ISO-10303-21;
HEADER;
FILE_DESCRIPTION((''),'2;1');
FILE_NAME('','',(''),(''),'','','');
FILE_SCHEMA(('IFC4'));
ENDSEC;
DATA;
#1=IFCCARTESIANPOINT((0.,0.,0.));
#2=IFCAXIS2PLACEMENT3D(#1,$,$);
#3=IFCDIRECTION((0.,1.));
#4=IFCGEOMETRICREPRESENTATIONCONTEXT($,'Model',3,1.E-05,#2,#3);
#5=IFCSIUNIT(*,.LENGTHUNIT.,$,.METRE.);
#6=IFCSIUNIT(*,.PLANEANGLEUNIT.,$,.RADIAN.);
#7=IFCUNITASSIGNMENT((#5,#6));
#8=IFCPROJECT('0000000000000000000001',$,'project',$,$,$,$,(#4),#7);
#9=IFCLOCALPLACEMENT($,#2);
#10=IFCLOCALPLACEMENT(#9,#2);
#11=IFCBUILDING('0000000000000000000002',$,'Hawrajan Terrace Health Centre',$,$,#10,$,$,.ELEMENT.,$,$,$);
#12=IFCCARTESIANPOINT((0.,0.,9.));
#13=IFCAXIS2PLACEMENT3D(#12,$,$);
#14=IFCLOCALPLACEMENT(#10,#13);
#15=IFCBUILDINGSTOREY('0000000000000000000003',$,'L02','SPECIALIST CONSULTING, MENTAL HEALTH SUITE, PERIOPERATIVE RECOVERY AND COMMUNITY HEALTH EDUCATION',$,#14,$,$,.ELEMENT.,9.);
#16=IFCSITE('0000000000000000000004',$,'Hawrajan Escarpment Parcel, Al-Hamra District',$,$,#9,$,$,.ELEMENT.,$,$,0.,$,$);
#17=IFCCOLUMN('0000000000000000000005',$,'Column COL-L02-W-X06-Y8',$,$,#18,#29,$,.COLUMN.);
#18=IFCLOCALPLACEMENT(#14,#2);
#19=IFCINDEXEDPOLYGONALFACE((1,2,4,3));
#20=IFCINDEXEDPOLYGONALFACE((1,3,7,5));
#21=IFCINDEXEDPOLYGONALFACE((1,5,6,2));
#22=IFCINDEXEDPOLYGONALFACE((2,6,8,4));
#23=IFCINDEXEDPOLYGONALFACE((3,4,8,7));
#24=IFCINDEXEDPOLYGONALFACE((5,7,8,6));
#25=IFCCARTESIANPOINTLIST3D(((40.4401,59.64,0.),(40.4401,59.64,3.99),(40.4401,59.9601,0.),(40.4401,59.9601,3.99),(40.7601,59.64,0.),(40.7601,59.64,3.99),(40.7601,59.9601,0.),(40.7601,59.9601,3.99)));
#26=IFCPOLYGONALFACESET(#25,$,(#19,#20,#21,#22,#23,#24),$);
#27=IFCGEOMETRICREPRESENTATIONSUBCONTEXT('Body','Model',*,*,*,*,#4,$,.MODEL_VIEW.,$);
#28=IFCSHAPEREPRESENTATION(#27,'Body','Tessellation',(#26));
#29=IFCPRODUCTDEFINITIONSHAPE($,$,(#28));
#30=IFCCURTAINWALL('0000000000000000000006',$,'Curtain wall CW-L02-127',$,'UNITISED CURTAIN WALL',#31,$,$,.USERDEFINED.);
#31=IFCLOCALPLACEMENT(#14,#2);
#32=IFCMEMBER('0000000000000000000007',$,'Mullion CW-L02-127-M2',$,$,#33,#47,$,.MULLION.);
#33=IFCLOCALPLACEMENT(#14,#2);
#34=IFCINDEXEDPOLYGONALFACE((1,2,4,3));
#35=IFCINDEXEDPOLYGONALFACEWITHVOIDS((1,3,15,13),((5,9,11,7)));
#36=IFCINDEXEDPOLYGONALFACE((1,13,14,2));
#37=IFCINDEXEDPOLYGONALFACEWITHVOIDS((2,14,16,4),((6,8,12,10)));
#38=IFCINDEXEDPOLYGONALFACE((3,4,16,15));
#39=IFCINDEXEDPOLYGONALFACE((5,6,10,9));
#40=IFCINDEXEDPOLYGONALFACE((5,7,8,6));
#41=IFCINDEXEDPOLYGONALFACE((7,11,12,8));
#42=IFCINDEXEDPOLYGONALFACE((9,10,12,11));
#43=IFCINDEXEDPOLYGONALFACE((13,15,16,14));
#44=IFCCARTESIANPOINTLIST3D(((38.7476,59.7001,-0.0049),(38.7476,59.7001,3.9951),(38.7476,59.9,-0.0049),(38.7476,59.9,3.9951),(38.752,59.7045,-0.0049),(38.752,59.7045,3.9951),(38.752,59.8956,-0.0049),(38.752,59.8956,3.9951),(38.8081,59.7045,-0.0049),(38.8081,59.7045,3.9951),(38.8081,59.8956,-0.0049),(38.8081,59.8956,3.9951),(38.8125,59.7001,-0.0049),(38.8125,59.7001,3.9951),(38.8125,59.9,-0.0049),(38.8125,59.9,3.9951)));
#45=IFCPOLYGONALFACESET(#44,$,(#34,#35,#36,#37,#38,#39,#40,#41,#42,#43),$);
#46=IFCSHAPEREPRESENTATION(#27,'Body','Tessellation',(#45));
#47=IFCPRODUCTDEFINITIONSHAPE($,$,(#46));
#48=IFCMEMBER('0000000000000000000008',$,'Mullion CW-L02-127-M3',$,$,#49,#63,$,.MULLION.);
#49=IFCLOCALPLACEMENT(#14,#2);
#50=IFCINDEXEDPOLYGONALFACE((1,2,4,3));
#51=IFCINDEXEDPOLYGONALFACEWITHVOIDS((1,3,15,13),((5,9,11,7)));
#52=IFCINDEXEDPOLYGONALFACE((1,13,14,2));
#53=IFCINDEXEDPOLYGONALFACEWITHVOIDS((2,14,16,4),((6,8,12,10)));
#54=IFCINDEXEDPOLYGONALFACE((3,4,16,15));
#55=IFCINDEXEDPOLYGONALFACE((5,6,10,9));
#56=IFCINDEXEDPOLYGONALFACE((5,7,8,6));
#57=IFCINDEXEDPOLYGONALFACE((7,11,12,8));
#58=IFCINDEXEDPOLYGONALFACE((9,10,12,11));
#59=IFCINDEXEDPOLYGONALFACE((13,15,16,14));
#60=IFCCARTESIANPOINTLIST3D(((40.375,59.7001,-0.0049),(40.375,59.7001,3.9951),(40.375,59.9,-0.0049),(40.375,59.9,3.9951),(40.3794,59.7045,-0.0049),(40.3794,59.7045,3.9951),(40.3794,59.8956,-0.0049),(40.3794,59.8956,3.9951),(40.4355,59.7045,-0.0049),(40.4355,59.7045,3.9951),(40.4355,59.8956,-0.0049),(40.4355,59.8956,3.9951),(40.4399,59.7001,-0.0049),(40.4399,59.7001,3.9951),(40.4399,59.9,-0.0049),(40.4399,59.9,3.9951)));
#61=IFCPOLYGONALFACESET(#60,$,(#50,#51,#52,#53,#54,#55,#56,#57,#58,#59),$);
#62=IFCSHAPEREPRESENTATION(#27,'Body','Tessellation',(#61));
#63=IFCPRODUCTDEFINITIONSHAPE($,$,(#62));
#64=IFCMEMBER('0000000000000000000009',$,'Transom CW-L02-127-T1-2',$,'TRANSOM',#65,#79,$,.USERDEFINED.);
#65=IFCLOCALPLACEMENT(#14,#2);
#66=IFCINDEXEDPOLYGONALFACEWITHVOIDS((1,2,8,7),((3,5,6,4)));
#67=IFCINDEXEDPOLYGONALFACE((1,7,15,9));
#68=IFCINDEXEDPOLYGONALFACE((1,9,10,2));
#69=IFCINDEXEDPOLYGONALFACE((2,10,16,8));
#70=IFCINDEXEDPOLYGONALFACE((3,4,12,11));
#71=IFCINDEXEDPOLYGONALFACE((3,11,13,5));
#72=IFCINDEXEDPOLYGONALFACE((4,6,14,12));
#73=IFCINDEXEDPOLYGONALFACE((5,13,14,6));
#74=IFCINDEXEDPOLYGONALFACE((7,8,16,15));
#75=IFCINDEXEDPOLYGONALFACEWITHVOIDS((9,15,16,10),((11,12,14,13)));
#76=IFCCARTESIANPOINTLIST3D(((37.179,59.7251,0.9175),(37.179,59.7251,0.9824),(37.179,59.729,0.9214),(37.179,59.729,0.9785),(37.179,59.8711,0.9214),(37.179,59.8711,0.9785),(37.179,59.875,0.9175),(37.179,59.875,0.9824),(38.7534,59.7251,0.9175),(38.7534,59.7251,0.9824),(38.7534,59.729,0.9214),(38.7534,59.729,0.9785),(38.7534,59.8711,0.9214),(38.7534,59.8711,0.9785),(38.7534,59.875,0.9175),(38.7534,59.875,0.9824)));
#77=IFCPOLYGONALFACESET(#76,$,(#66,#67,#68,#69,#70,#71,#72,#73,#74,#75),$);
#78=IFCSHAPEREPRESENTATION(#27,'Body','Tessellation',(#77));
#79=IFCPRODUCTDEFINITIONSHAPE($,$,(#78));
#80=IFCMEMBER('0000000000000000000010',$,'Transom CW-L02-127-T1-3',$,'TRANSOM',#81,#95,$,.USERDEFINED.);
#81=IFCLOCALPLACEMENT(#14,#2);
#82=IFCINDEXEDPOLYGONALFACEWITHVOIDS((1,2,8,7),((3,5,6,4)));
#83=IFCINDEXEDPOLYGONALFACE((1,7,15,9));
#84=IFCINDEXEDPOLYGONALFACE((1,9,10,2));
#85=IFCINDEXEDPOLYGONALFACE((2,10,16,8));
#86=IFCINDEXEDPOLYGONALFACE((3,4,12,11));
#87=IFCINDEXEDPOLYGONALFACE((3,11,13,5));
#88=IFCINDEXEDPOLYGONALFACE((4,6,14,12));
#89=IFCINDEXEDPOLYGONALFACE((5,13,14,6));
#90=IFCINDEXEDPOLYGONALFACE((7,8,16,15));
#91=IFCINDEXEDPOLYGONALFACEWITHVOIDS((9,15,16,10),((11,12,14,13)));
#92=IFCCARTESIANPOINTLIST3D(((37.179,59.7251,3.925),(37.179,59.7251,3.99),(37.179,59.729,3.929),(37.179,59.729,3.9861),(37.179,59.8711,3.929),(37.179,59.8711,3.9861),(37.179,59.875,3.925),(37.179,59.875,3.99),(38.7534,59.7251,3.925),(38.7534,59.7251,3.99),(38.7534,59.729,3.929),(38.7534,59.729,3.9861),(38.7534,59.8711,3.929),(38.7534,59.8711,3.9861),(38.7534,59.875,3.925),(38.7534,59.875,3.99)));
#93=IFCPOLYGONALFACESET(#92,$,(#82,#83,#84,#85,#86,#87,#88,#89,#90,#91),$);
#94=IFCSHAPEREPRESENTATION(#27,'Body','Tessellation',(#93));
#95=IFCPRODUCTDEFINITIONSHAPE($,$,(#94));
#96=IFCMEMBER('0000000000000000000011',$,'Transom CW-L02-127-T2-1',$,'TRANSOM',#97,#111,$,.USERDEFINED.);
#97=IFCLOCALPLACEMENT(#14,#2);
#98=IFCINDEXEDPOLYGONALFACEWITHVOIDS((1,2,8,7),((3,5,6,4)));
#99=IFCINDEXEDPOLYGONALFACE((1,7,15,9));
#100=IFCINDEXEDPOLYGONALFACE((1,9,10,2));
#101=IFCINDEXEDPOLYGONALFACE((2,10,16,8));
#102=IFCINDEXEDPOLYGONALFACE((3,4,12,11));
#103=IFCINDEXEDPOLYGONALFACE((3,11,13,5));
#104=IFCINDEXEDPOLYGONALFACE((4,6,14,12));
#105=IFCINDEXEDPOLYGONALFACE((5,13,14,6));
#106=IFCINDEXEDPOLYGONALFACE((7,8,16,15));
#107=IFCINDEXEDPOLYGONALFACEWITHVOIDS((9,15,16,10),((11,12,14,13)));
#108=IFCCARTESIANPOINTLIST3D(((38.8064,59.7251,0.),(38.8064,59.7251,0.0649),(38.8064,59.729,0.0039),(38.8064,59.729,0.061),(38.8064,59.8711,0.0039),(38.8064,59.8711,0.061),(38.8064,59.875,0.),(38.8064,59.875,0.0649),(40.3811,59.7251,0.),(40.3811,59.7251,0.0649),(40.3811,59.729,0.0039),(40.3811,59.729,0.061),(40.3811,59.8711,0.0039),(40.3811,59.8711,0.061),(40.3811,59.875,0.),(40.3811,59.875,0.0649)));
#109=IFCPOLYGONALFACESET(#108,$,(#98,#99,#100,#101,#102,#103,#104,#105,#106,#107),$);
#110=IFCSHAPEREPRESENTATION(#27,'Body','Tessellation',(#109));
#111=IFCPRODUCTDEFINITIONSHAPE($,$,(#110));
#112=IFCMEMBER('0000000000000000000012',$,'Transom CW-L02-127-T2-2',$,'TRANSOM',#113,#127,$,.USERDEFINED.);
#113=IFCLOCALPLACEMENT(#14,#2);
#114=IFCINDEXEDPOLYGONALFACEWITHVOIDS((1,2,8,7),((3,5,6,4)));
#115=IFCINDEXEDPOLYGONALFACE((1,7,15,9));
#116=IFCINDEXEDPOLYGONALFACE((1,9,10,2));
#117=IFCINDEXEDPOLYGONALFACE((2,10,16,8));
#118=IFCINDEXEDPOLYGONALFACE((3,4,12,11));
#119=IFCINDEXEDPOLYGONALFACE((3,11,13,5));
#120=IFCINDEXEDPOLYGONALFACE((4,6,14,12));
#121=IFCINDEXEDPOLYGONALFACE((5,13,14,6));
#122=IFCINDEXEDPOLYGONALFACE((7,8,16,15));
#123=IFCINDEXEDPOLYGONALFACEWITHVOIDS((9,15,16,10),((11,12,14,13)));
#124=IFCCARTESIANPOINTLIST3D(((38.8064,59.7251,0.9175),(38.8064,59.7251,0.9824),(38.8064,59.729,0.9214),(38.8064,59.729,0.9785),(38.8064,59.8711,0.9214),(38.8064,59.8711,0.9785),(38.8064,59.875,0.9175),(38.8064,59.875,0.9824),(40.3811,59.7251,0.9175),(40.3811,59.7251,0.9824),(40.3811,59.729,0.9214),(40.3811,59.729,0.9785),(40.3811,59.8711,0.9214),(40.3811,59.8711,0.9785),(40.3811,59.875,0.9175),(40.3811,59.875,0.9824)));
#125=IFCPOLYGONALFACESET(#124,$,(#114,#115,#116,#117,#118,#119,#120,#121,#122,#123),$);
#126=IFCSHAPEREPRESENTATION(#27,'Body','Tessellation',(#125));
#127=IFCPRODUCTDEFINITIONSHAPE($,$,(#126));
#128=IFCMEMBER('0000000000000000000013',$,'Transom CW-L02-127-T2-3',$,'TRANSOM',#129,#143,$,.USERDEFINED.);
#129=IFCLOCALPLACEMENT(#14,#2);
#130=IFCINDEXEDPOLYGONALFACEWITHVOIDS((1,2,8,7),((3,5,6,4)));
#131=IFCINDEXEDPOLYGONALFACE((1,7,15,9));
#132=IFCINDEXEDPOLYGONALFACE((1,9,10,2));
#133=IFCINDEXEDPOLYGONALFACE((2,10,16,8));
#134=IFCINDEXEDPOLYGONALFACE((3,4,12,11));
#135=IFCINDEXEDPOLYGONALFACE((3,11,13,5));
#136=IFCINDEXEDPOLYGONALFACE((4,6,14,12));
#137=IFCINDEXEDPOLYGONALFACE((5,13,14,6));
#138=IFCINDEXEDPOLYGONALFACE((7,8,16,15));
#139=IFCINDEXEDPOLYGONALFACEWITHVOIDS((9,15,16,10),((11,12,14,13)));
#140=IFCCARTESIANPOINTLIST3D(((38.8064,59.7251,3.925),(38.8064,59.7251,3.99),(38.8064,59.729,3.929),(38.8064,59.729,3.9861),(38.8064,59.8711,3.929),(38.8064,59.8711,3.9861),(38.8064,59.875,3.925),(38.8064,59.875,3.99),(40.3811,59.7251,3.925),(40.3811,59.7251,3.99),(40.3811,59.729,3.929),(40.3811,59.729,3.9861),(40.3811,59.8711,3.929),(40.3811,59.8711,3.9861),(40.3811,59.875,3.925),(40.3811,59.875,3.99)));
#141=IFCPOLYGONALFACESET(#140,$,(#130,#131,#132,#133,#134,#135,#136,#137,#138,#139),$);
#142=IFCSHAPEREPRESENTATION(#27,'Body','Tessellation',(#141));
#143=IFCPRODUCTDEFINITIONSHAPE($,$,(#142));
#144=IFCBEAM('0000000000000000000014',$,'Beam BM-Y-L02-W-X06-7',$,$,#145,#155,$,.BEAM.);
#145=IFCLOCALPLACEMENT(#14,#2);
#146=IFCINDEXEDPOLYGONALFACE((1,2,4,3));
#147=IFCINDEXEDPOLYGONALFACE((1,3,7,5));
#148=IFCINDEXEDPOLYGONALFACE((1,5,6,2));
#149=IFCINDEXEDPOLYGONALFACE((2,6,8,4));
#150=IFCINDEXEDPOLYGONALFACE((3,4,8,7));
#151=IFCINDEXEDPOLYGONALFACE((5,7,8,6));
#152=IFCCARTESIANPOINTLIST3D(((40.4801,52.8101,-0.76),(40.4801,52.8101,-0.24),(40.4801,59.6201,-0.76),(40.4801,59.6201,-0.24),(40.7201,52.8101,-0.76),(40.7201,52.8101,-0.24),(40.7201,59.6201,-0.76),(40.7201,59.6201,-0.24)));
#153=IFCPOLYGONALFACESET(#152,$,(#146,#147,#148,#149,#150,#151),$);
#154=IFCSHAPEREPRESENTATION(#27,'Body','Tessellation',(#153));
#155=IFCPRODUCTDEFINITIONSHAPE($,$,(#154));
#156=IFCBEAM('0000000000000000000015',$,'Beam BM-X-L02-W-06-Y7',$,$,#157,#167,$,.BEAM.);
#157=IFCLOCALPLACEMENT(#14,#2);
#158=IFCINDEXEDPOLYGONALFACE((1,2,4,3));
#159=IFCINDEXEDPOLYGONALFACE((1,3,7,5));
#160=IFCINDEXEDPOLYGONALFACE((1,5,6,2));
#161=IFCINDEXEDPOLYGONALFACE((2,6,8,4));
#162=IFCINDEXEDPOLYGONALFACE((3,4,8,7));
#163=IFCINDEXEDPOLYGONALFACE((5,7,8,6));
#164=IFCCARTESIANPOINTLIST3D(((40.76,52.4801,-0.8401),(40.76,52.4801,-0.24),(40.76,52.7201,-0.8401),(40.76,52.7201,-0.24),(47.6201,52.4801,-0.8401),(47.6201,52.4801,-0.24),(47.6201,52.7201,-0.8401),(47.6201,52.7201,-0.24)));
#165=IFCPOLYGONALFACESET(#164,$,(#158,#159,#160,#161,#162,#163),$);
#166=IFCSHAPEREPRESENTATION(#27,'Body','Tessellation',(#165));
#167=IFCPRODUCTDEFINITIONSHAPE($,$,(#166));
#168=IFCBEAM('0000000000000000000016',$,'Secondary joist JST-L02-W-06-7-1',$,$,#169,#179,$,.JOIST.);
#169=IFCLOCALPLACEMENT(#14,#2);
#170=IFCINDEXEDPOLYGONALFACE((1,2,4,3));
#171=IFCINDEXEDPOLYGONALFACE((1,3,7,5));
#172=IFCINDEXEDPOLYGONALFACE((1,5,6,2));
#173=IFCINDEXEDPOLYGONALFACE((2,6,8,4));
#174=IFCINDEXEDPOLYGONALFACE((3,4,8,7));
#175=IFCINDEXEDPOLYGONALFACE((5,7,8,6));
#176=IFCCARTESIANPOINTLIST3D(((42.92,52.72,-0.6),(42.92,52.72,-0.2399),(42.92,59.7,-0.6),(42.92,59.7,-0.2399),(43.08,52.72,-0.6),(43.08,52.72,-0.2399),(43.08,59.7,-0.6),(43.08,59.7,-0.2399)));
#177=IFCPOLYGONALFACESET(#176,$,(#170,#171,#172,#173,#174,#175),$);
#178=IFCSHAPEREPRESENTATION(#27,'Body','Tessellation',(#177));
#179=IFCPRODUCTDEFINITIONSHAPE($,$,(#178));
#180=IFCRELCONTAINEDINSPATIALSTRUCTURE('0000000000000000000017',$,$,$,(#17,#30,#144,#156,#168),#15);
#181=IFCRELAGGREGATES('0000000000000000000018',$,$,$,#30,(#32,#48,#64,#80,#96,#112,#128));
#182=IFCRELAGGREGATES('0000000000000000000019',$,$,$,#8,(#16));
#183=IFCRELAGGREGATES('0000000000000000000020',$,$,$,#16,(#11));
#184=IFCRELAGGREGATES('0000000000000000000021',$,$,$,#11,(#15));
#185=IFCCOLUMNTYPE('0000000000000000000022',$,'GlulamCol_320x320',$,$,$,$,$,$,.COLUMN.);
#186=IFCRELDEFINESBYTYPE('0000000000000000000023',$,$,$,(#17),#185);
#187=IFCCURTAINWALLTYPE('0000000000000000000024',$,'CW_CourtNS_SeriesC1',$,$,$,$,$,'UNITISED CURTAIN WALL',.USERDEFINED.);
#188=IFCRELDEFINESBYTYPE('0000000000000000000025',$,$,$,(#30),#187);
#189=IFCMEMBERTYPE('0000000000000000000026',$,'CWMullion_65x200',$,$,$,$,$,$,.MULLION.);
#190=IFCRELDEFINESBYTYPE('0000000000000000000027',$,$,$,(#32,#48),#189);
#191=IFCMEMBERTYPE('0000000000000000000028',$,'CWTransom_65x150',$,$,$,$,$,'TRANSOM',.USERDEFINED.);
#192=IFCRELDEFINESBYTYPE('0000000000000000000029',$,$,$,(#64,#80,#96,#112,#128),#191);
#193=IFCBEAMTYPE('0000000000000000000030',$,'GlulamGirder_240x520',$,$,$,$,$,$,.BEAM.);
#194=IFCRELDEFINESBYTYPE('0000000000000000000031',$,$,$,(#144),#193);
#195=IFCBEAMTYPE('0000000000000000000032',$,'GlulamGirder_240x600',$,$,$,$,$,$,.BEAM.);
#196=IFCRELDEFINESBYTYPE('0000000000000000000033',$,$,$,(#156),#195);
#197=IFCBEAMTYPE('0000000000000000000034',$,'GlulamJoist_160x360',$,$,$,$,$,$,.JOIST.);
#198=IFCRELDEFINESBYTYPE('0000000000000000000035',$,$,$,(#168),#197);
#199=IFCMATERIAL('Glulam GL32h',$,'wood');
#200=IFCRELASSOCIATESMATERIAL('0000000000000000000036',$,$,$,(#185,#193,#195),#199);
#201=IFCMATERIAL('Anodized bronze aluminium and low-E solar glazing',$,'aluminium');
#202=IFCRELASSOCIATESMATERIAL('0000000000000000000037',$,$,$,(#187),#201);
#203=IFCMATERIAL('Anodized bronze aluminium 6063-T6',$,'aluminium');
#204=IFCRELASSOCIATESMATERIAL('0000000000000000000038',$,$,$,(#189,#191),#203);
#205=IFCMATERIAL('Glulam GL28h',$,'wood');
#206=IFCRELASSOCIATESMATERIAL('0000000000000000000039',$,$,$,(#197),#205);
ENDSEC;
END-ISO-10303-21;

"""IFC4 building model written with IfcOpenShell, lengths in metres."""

from ifc_helpers import new_model, si_unit, direction, frame, origin, origin_2d, place, context, subcontext, project, spatial, rectangle, hollow_rectangle, extrude, material, material_profile, profile_set, type_object, element, aggregate, save


model = new_model("IFC4")

# Units and contexts
model_context = context("Model", 3, precision=1e-05, world=origin(), true_north=direction((0.0, 1.0)))
body_context = subcontext(model_context, "Body", "Model", "MODEL_VIEW")
ifc_project = project(units=[si_unit("LENGTHUNIT", "METRE"), si_unit("PLANEANGLEUNIT", "RADIAN")], contexts=[model_context])

# Site, building, storey
site_placement = place(None, origin())
site = spatial("IfcSite", under=ifc_project, at=site_placement, Name="Hawrajan Escarpment Parcel, Al-Hamra District", CompositionType="ELEMENT", RefElevation=0.0)
building_placement = place(site_placement, origin())
building = spatial("IfcBuilding", under=site, at=building_placement, Name="Hawrajan Terrace Health Centre", CompositionType="ELEMENT")
storey_placement = place(building_placement, frame((0.0, 0.0, 9.0)))
storey = spatial("IfcBuildingStorey", under=building, at=storey_placement, Name="L02", Description="SPECIALIST CONSULTING, MENTAL HEALTH SUITE, PERIOPERATIVE RECOVERY AND COMMUNITY HEALTH EDUCATION", CompositionType="ELEMENT", Elevation=9.0)

# Column
ifc_material_1 = material(Name="Glulam GL32h", Category="wood")
ifc_material_profile_1 = material_profile(ifc_material_1, rectangle(XDim=0.3201, YDim=0.3201, at=origin_2d()), Name="GL 320x320")
ifc_profile_set_1 = profile_set([ifc_material_profile_1], Name="Glulam GL32h")
column_type = type_object("IfcColumnType", Name="GlulamCol_320x320", PredefinedType="COLUMN", material=ifc_profile_set_1)
column_placement = place(storey_placement, frame((40.6001, 59.8, 0.0), z_axis=(0.0, 0.0, 1.0), x_axis=(1.0, 0.0, 0.0)))
element("IfcColumn", 1, at=column_placement, inside=storey, type_object=column_type, Name="Column COL-L02-W-X06-Y8", PredefinedType="COLUMN", context=body_context, shape_type="SweptSolid", body=[
    extrude(rectangle(XDim=0.3201, YDim=0.3201, at=origin_2d()), origin(), (0.0, 0.0, 1.0), 3.99),
])

# Curtain wall, members
ifc_material_2 = material(Name="Anodized bronze aluminium and low-E solar glazing", Category="aluminium")
curtain_wall_type = type_object("IfcCurtainWallType", Name="CW_CourtNS_SeriesC1", ElementType="UNITISED CURTAIN WALL", PredefinedType="USERDEFINED", material=ifc_material_2)
curtain_wall_placement = place(storey_placement, origin())
curtain_wall = element("IfcCurtainWall", 2, at=curtain_wall_placement, inside=storey, type_object=curtain_wall_type, Name="Curtain wall CW-L02-127", ObjectType="UNITISED CURTAIN WALL", PredefinedType="USERDEFINED")
ifc_material_3 = material(Name="Anodized bronze aluminium 6063-T6", Category="aluminium")
ifc_material_profile_2 = material_profile(ifc_material_3, hollow_rectangle(XDim=0.0649, YDim=0.2, WallThickness=0.0044, at=origin_2d()), Name="CW MUL 65x200")
ifc_profile_set_2 = profile_set([ifc_material_profile_2], Name="Anodized bronze aluminium 6063-T6")
member_type_1 = type_object("IfcMemberType", Name="CWMullion_65x200", PredefinedType="MULLION", material=ifc_profile_set_2)
member_1_placement = place(storey_placement, frame((38.78, 59.8, -0.0049), z_axis=(0.0, 0.0, 1.0), x_axis=(1.0, 0.0, 0.0)))
member_1 = element("IfcMember", 3, at=member_1_placement, type_object=member_type_1, Name="Mullion CW-L02-127-M2", PredefinedType="MULLION", context=body_context, shape_type="SweptSolid", body=[
    extrude(hollow_rectangle(XDim=0.0649, YDim=0.2, WallThickness=0.0044, at=origin_2d()), origin(), (0.0, 0.0, 1.0), 4.0),
])
member_2_placement = place(storey_placement, frame((40.4075, 59.8, -0.0049), z_axis=(0.0, 0.0, 1.0), x_axis=(1.0, 0.0, 0.0)))
member_2 = element("IfcMember", 4, at=member_2_placement, type_object=member_type_1, Name="Mullion CW-L02-127-M3", PredefinedType="MULLION", context=body_context, shape_type="SweptSolid", body=[
    extrude(hollow_rectangle(XDim=0.0649, YDim=0.2, WallThickness=0.0044, at=origin_2d()), origin(), (0.0, 0.0, 1.0), 4.0),
])
ifc_material_profile_3 = material_profile(ifc_material_3, hollow_rectangle(XDim=0.0649, YDim=0.1499, WallThickness=0.0039, at=origin_2d()), Name="CW TRN 65x150")
ifc_profile_set_3 = profile_set([ifc_material_profile_3], Name="Anodized bronze aluminium 6063-T6")
member_type_2 = type_object("IfcMemberType", Name="CWTransom_65x150", ElementType="TRANSOM", PredefinedType="USERDEFINED", material=ifc_profile_set_3)
member_3_placement = place(storey_placement, frame((37.179, 59.8, 0.95), z_axis=(1.0, 0.0, 0.0), x_axis=(0.0, 0.0, 1.0)))
member_3 = element("IfcMember", 5, at=member_3_placement, type_object=member_type_2, Name="Transom CW-L02-127-T1-2", ObjectType="TRANSOM", PredefinedType="USERDEFINED", context=body_context, shape_type="SweptSolid", body=[
    extrude(hollow_rectangle(XDim=0.0649, YDim=0.1499, WallThickness=0.0039, at=origin_2d()), origin(), (0.0, 0.0, 1.0), 1.5745),
])
member_4_placement = place(storey_placement, frame((37.179, 59.8, 3.9575), z_axis=(1.0, 0.0, 0.0), x_axis=(0.0, 0.0, 1.0)))
member_4 = element("IfcMember", 6, at=member_4_placement, type_object=member_type_2, Name="Transom CW-L02-127-T1-3", ObjectType="TRANSOM", PredefinedType="USERDEFINED", context=body_context, shape_type="SweptSolid", body=[
    extrude(hollow_rectangle(XDim=0.0649, YDim=0.1499, WallThickness=0.0039, at=origin_2d()), origin(), (0.0, 0.0, 1.0), 1.5745),
])
member_5_placement = place(storey_placement, frame((38.8064, 59.8, 0.0325), z_axis=(1.0, 0.0, 0.0), x_axis=(0.0, 0.0, 1.0)))
member_5 = element("IfcMember", 7, at=member_5_placement, type_object=member_type_2, Name="Transom CW-L02-127-T2-1", ObjectType="TRANSOM", PredefinedType="USERDEFINED", context=body_context, shape_type="SweptSolid", body=[
    extrude(hollow_rectangle(XDim=0.0649, YDim=0.1499, WallThickness=0.0039, at=origin_2d()), origin(), (0.0, 0.0, 1.0), 1.5747),
])
member_6_placement = place(storey_placement, frame((38.8064, 59.8, 0.95), z_axis=(1.0, 0.0, 0.0), x_axis=(0.0, 0.0, 1.0)))
member_6 = element("IfcMember", 8, at=member_6_placement, type_object=member_type_2, Name="Transom CW-L02-127-T2-2", ObjectType="TRANSOM", PredefinedType="USERDEFINED", context=body_context, shape_type="SweptSolid", body=[
    extrude(hollow_rectangle(XDim=0.0649, YDim=0.1499, WallThickness=0.0039, at=origin_2d()), origin(), (0.0, 0.0, 1.0), 1.5747),
])
member_7_placement = place(storey_placement, frame((38.8064, 59.8, 3.9575), z_axis=(1.0, 0.0, 0.0), x_axis=(0.0, 0.0, 1.0)))
member_7 = element("IfcMember", 9, at=member_7_placement, type_object=member_type_2, Name="Transom CW-L02-127-T2-3", ObjectType="TRANSOM", PredefinedType="USERDEFINED", context=body_context, shape_type="SweptSolid", body=[
    extrude(hollow_rectangle(XDim=0.0649, YDim=0.1499, WallThickness=0.0039, at=origin_2d()), origin(), (0.0, 0.0, 1.0), 1.5747),
])

# Beams
ifc_material_profile_4 = material_profile(ifc_material_1, rectangle(XDim=0.24, YDim=0.52, at=origin_2d()), Name="GL BM 240x520")
ifc_profile_set_4 = profile_set([ifc_material_profile_4], Name="Glulam GL32h")
beam_type_1 = type_object("IfcBeamType", Name="GlulamGirder_240x520", PredefinedType="BEAM", material=ifc_profile_set_4)
beam_1_placement = place(storey_placement, frame((40.6001, 52.8101, -0.5), z_axis=(0.0, 1.0, 0.0), x_axis=(-1.0, 0.0, 0.0)))
element("IfcBeam", 10, at=beam_1_placement, inside=storey, type_object=beam_type_1, Name="Beam BM-Y-L02-W-X06-7", PredefinedType="BEAM", context=body_context, shape_type="SweptSolid", body=[
    extrude(rectangle(XDim=0.24, YDim=0.52, at=origin_2d()), origin(), (0.0, 0.0, 1.0), 6.8101),
])
ifc_material_profile_5 = material_profile(ifc_material_1, rectangle(XDim=0.24, YDim=0.6001, at=origin_2d()), Name="GL BM 240x600")
ifc_profile_set_5 = profile_set([ifc_material_profile_5], Name="Glulam GL32h")
beam_type_2 = type_object("IfcBeamType", Name="GlulamGirder_240x600", PredefinedType="BEAM", material=ifc_profile_set_5)
beam_2_placement = place(storey_placement, frame((40.76, 52.6001, -0.54), z_axis=(1.0, 0.0, 0.0), x_axis=(0.0, 1.0, 0.0)))
element("IfcBeam", 11, at=beam_2_placement, inside=storey, type_object=beam_type_2, Name="Beam BM-X-L02-W-06-Y7", PredefinedType="BEAM", context=body_context, shape_type="SweptSolid", body=[
    extrude(rectangle(XDim=0.24, YDim=0.6001, at=origin_2d()), origin(), (0.0, 0.0, 1.0), 6.8601),
])
ifc_material_4 = material(Name="Glulam GL28h", Category="wood")
ifc_material_profile_6 = material_profile(ifc_material_4, rectangle(XDim=0.1599, YDim=0.3601, at=origin_2d()), Name="GL JST 160x360")
ifc_profile_set_6 = profile_set([ifc_material_profile_6], Name="Glulam GL28h")
beam_type_3 = type_object("IfcBeamType", Name="GlulamJoist_160x360", PredefinedType="JOIST", material=ifc_profile_set_6)
beam_3_placement = place(storey_placement, frame((43.0, 52.72, -0.4199), z_axis=(0.0, 1.0, 0.0), x_axis=(-1.0, 0.0, 0.0)))
element("IfcBeam", 12, at=beam_3_placement, inside=storey, type_object=beam_type_3, Name="Secondary joist JST-L02-W-06-7-1", PredefinedType="JOIST", context=body_context, shape_type="SweptSolid", body=[
    extrude(rectangle(XDim=0.1599, YDim=0.3601, at=origin_2d()), origin(), (0.0, 0.0, 1.0), 6.98),
])

aggregate(curtain_wall, [member_1, member_2, member_3, member_4, member_5, member_6, member_7])

save(model, "model.ifc")
